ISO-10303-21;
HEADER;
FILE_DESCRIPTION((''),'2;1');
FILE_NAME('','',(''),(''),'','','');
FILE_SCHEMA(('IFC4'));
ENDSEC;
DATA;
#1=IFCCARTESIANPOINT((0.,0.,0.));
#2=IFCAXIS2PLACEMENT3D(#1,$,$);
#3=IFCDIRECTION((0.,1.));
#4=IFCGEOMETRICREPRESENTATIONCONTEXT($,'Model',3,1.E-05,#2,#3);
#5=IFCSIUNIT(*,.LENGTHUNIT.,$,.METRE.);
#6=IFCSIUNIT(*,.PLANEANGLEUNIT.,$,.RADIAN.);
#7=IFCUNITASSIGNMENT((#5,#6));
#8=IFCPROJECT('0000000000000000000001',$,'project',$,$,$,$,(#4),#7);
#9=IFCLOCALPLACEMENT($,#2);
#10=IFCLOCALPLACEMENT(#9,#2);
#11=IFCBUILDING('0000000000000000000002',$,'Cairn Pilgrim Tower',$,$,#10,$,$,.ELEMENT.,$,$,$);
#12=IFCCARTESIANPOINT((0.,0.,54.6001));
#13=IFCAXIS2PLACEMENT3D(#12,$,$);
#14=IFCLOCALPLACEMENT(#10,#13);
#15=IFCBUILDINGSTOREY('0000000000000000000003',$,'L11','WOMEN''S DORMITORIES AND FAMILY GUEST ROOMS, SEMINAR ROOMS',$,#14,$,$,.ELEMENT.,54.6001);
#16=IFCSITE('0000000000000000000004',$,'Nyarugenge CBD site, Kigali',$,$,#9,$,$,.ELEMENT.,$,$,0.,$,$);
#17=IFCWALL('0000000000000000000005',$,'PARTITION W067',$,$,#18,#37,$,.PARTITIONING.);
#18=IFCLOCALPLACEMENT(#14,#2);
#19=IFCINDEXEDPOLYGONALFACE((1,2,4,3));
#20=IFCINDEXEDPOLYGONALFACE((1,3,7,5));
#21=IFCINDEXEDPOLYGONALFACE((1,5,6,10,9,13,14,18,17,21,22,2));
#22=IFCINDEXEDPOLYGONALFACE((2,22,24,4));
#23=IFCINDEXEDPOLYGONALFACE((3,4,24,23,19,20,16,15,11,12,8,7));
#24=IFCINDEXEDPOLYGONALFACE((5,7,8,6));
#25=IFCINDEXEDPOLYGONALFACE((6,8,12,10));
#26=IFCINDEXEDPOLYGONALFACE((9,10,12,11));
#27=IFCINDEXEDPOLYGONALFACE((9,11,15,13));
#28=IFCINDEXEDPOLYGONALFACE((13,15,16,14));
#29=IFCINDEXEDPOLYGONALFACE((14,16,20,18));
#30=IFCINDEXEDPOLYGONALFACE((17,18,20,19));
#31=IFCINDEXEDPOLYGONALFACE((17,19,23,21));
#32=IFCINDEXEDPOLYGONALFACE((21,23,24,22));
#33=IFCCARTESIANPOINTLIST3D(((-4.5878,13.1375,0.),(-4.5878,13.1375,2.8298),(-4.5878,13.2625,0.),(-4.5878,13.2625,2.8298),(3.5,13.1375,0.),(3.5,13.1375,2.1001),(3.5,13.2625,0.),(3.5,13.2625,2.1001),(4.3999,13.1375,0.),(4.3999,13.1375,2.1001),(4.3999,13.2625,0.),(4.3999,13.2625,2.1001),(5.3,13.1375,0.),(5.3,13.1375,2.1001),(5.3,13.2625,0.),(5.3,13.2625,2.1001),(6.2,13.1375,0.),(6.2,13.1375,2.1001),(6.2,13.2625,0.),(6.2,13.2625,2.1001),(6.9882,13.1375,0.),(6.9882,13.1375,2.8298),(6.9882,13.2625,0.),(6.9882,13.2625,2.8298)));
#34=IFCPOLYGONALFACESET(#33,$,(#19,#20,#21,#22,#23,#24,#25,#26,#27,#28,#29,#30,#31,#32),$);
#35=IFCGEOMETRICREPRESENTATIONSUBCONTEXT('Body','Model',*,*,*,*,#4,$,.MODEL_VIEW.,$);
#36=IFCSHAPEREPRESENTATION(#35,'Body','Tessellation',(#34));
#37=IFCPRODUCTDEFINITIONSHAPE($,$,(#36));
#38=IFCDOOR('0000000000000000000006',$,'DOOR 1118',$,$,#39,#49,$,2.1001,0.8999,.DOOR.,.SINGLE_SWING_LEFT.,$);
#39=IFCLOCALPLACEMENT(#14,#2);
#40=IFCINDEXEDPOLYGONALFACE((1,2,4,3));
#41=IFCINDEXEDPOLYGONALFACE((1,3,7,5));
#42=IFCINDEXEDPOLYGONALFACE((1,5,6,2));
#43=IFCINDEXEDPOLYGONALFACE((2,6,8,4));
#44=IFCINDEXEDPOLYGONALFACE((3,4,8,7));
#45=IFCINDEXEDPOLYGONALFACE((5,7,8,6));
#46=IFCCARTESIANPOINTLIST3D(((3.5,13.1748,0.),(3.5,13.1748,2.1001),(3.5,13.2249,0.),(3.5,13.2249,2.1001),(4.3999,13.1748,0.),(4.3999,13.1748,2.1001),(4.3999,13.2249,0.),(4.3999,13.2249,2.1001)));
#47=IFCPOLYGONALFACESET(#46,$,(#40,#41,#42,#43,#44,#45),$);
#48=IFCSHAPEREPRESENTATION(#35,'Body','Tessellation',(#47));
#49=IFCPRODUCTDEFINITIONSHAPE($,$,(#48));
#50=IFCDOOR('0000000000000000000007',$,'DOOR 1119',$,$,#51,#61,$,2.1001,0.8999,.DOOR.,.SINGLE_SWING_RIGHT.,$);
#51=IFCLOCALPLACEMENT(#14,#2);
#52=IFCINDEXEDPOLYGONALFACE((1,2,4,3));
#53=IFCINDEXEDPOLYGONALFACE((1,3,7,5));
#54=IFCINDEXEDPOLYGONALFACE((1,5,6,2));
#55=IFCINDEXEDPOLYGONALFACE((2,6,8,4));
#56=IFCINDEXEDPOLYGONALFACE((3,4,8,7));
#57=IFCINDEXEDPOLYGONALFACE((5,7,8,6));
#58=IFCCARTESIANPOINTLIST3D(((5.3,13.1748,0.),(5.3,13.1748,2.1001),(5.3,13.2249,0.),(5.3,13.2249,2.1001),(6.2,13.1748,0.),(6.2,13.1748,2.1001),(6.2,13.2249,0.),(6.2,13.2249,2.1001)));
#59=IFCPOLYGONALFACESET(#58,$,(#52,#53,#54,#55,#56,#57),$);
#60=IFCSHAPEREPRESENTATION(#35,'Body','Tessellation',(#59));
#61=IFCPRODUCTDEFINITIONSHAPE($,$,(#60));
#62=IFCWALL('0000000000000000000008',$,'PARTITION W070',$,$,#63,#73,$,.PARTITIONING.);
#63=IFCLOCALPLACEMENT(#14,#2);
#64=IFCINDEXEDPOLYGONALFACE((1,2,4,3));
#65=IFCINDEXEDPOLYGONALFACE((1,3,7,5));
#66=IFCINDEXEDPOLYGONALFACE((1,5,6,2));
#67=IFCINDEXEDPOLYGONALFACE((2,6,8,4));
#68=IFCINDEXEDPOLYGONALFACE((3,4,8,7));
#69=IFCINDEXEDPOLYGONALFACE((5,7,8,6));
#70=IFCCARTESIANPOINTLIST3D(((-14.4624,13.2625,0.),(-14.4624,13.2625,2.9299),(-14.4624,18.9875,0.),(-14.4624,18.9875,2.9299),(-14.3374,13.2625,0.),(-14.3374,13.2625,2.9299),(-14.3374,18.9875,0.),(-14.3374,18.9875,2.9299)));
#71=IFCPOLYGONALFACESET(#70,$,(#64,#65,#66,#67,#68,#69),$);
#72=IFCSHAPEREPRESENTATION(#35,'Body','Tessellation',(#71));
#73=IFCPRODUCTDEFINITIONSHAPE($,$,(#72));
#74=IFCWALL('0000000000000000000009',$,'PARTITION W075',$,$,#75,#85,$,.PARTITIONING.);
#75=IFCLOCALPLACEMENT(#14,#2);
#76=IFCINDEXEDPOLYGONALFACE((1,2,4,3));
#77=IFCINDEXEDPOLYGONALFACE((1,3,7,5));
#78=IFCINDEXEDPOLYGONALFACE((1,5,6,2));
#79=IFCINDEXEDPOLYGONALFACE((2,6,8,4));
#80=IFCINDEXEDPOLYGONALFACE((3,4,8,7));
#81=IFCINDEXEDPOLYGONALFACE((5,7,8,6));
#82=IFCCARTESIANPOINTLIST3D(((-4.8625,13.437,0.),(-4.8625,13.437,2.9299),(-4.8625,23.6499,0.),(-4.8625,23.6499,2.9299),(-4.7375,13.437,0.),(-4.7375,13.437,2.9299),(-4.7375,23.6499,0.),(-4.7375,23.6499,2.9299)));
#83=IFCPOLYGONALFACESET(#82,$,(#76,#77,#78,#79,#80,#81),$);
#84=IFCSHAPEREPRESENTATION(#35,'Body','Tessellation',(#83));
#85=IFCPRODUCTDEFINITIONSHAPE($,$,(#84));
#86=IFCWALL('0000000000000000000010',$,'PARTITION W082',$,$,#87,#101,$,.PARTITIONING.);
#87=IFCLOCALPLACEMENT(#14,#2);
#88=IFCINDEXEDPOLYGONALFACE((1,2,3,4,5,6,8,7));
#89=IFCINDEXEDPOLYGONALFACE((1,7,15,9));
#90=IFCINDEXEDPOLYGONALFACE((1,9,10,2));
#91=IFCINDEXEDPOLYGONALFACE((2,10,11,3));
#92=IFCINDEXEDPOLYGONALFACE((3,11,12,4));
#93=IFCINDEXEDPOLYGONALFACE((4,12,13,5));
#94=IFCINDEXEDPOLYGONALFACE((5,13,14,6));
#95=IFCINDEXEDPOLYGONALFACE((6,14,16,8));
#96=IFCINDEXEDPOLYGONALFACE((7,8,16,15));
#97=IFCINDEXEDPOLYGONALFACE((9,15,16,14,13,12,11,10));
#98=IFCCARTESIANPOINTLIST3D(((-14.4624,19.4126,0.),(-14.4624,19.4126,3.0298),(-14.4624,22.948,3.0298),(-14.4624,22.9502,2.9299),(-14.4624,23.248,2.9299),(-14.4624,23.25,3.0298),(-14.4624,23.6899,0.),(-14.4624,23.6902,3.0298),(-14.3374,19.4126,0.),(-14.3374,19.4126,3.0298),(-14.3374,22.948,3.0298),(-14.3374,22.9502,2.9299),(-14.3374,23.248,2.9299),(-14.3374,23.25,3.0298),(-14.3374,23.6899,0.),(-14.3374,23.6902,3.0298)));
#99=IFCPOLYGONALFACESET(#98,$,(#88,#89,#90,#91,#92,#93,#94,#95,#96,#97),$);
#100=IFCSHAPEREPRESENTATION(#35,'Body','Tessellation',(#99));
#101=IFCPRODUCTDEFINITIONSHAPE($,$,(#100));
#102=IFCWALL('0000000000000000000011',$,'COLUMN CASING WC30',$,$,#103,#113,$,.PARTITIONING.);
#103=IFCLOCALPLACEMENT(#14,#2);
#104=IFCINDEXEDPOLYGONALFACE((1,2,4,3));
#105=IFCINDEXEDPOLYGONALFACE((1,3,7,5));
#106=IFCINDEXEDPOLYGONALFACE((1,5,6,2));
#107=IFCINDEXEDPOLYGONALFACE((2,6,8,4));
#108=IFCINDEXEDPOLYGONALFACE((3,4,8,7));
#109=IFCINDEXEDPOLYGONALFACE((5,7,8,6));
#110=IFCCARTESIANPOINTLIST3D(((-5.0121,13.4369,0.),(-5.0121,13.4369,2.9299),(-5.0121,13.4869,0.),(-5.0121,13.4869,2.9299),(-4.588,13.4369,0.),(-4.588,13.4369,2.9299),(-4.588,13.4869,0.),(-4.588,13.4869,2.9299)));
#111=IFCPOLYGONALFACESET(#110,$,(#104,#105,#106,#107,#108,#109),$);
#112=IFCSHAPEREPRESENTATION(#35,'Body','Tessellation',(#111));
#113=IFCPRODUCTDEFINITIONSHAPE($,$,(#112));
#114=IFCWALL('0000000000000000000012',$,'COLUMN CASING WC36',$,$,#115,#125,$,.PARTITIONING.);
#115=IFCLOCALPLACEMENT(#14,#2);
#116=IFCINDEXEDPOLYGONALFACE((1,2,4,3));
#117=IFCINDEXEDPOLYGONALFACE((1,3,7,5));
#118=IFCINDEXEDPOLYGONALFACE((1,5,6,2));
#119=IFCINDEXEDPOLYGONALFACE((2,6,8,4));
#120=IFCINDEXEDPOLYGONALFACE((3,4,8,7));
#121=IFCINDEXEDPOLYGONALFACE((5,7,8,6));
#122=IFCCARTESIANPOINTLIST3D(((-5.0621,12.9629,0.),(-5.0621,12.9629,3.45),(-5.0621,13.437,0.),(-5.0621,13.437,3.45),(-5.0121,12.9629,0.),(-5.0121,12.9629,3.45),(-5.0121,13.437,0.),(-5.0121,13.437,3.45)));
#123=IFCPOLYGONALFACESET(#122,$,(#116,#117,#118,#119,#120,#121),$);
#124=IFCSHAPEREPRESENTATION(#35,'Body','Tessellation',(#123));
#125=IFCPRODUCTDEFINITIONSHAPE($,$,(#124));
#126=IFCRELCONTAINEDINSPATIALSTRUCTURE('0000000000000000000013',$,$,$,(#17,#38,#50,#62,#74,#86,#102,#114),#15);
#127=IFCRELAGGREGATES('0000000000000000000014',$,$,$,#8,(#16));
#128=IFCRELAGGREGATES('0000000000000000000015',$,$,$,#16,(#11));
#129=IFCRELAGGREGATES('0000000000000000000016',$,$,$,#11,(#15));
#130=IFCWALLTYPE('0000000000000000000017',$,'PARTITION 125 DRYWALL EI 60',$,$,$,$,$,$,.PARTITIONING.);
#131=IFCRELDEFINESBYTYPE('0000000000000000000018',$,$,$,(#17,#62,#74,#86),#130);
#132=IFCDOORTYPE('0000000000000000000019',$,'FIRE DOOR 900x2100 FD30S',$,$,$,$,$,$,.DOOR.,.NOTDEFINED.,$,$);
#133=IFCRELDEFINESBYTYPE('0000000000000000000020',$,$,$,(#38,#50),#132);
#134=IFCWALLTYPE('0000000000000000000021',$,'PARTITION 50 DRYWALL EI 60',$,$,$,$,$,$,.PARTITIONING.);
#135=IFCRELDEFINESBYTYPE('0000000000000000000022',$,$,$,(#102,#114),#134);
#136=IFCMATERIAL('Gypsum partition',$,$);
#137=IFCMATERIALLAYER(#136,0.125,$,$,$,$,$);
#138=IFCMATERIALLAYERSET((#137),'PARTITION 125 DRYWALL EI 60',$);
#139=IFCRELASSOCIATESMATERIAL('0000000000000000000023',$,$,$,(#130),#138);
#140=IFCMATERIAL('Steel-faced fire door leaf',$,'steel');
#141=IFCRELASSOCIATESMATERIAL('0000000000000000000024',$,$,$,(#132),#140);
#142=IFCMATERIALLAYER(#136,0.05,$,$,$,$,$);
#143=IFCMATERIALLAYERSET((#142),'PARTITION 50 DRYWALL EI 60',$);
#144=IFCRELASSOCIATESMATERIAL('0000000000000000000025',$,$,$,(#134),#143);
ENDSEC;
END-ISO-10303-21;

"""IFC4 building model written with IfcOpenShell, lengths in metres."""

from ifc_helpers import new_model, si_unit, direction, frame, frame_2d, origin, place, context, subcontext, project, spatial, polyline, rectangle, outline, extrude, material, layer, layer_set, type_object, element, fill, save


model = new_model("IFC4")

# Units and contexts
model_context = context("Model", 3, precision=1e-05, world=origin(), true_north=direction((0.0, 1.0)))
body_context = subcontext(model_context, "Body", "Model", "MODEL_VIEW")
ifc_project = project(units=[si_unit("LENGTHUNIT", "METRE"), si_unit("PLANEANGLEUNIT", "RADIAN")], contexts=[model_context])

# Site, building, storey
site_placement = place(None, origin())
site = spatial("IfcSite", under=ifc_project, at=site_placement, Name="Nyarugenge CBD site, Kigali", CompositionType="ELEMENT", RefElevation=0.0)
building_placement = place(site_placement, origin())
building = spatial("IfcBuilding", under=site, at=building_placement, Name="Cairn Pilgrim Tower", CompositionType="ELEMENT")
storey_placement = place(building_placement, frame((0.0, 0.0, 54.6001)))
storey = spatial("IfcBuildingStorey", under=building, at=storey_placement, Name="L11", Description="WOMEN'S DORMITORIES AND FAMILY GUEST ROOMS, SEMINAR ROOMS", CompositionType="ELEMENT", Elevation=54.6001)

# Wall, openings, doors
ifc_material_1 = material(Name="Gypsum partition")
ifc_layer_1 = layer(ifc_material_1, 0.125)
ifc_layer_set_1 = layer_set([ifc_layer_1], Name="PARTITION 125 DRYWALL EI 60")
wall_type_1 = type_object("IfcWallType", Name="PARTITION 125 DRYWALL EI 60", PredefinedType="PARTITIONING", material=ifc_layer_set_1)
wall_1_placement = place(storey_placement, frame((-4.5879, 13.2, 0.0), z_axis=(0.0, 0.0, 1.0), x_axis=(1.0, 0.0, 0.0)))
wall_1 = element("IfcWall", 1, at=wall_1_placement, inside=storey, type_object=wall_type_1, Name="PARTITION W067", PredefinedType="PARTITIONING", context=body_context, shape_type="SweptSolid", body=[
    extrude(rectangle(XDim=11.5759, YDim=0.125, at=frame_2d((5.7881, 0.0))), origin(), (0.0, 0.0, 1.0), 2.8298),
])
opening_1_placement = place(wall_1_placement, frame((8.0879, 0.0, 0.0)))
opening_1 = element("IfcOpeningElement", 2, at=opening_1_placement, cuts=wall_1, PredefinedType="OPENING", context=body_context, shape_type="SweptSolid", body=[
    extrude(rectangle(XDim=0.8999, YDim=2.1001, at=frame_2d((0.45, 1.05))), frame((0.0, 0.0725, 0.0), z_axis=(0.0, -1.0, 0.0), x_axis=(1.0, 0.0, 0.0)), (0.0, 0.0, 1.0), 0.145),
])
opening_2_placement = place(wall_1_placement, frame((9.8879, 0.0, 0.0)))
opening_2 = element("IfcOpeningElement", 3, at=opening_2_placement, cuts=wall_1, PredefinedType="OPENING", context=body_context, shape_type="SweptSolid", body=[
    extrude(rectangle(XDim=0.8999, YDim=2.1001, at=frame_2d((0.45, 1.05))), frame((0.0, 0.0725, 0.0), z_axis=(0.0, -1.0, 0.0), x_axis=(1.0, 0.0, 0.0)), (0.0, 0.0, 1.0), 0.145),
])
ifc_material_2 = material(Name="Steel-faced fire door leaf", Category="steel")
door_type_1 = type_object("IfcDoorType", Name="FIRE DOOR 900x2100 FD30S", OperationType="NOTDEFINED", PredefinedType="DOOR", material=ifc_material_2)
door_1_placement = place(opening_1_placement, origin())
door_1 = element("IfcDoor", 4, at=door_1_placement, inside=storey, type_object=door_type_1, Name="DOOR 1118", OperationType="SINGLE_SWING_LEFT", OverallHeight=2.1001, OverallWidth=0.8999, PredefinedType="DOOR", context=body_context, shape_type="SweptSolid", body=[
    extrude(rectangle(XDim=0.8999, YDim=2.1001, at=frame_2d((0.45, 1.05))), frame((0.0, 0.0249, 0.0), z_axis=(0.0, -1.0, 0.0), x_axis=(1.0, 0.0, 0.0)), (0.0, 0.0, 1.0), 0.05),
])
fill(opening_1, door_1)
door_2_placement = place(opening_2_placement, origin())
door_2 = element("IfcDoor", 5, at=door_2_placement, inside=storey, type_object=door_type_1, Name="DOOR 1119", OperationType="SINGLE_SWING_RIGHT", OverallHeight=2.1001, OverallWidth=0.8999, PredefinedType="DOOR", context=body_context, shape_type="SweptSolid", body=[
    extrude(rectangle(XDim=0.8999, YDim=2.1001, at=frame_2d((0.45, 1.05))), frame((0.0, 0.0249, 0.0), z_axis=(0.0, -1.0, 0.0), x_axis=(1.0, 0.0, 0.0)), (0.0, 0.0, 1.0), 0.05),
])
fill(opening_2, door_2)

# Walls
wall_2_placement = place(storey_placement, frame((-14.3999, 13.2625, 0.0), z_axis=(0.0, 0.0, 1.0), x_axis=(0.0, 1.0, 0.0)))
element("IfcWall", 6, at=wall_2_placement, inside=storey, type_object=wall_type_1, Name="PARTITION W070", PredefinedType="PARTITIONING", context=body_context, shape_type="SweptSolid", body=[
    extrude(rectangle(XDim=5.7251, YDim=0.125, at=frame_2d((2.8625, 0.0))), origin(), (0.0, 0.0, 1.0), 2.9299),
])
wall_3_placement = place(storey_placement, frame((-4.8, 13.437, 0.0), z_axis=(0.0, 0.0, 1.0), x_axis=(0.0, 1.0, 0.0)))
element("IfcWall", 7, at=wall_3_placement, inside=storey, type_object=wall_type_1, Name="PARTITION W075", PredefinedType="PARTITIONING", context=body_context, shape_type="SweptSolid", body=[
    extrude(rectangle(XDim=10.2129, YDim=0.125, at=frame_2d((5.1064, 0.0))), origin(), (0.0, 0.0, 1.0), 2.9299),
])
wall_4_placement = place(storey_placement, frame((-14.3999, 19.4126, 0.0), z_axis=(0.0, 0.0, 1.0), x_axis=(0.0, 1.0, 0.0)))
element("IfcWall", 8, at=wall_4_placement, inside=storey, type_object=wall_type_1, Name="PARTITION W082", PredefinedType="PARTITIONING", context=body_context, shape_type="SweptSolid", body=[
    extrude(outline(polyline([(0.0, 0.0), (4.2773, 0.0), (4.2776, 3.0298), (3.8374, 3.0298), (3.8354, 2.9299), (3.5376, 2.9299), (3.5354, 3.0298), (0.0, 3.0298), (0.0, 0.0)])), frame((0.0, 0.0625, 0.0), z_axis=(0.0, -1.0, 0.0), x_axis=(1.0, 0.0, 0.0)), (0.0, 0.0, 1.0), 0.125),
])
ifc_layer_2 = layer(ifc_material_1, 0.05)
ifc_layer_set_2 = layer_set([ifc_layer_2], Name="PARTITION 50 DRYWALL EI 60")
wall_type_2 = type_object("IfcWallType", Name="PARTITION 50 DRYWALL EI 60", PredefinedType="PARTITIONING", material=ifc_layer_set_2)
wall_5_placement = place(storey_placement, frame((-5.012, 13.4619, 0.0), z_axis=(0.0, 0.0, 1.0), x_axis=(1.0, 0.0, 0.0)))
element("IfcWall", 9, at=wall_5_placement, inside=storey, type_object=wall_type_2, Name="COLUMN CASING WC30", PredefinedType="PARTITIONING", context=body_context, shape_type="SweptSolid", body=[
    extrude(rectangle(XDim=0.4241, YDim=0.05, at=frame_2d((0.2119, 0.0))), origin(), (0.0, 0.0, 1.0), 2.9299),
])
wall_6_placement = place(storey_placement, frame((-5.0371, 12.9629, 0.0), z_axis=(0.0, 0.0, 1.0), x_axis=(0.0, 1.0, 0.0)))
element("IfcWall", 10, at=wall_6_placement, inside=storey, type_object=wall_type_2, Name="COLUMN CASING WC36", PredefinedType="PARTITIONING", context=body_context, shape_type="SweptSolid", body=[
    extrude(rectangle(XDim=0.4741, YDim=0.05, at=frame_2d((0.2371, 0.0))), origin(), (0.0, 0.0, 1.0), 3.45),
])

save(model, "model.ifc")
